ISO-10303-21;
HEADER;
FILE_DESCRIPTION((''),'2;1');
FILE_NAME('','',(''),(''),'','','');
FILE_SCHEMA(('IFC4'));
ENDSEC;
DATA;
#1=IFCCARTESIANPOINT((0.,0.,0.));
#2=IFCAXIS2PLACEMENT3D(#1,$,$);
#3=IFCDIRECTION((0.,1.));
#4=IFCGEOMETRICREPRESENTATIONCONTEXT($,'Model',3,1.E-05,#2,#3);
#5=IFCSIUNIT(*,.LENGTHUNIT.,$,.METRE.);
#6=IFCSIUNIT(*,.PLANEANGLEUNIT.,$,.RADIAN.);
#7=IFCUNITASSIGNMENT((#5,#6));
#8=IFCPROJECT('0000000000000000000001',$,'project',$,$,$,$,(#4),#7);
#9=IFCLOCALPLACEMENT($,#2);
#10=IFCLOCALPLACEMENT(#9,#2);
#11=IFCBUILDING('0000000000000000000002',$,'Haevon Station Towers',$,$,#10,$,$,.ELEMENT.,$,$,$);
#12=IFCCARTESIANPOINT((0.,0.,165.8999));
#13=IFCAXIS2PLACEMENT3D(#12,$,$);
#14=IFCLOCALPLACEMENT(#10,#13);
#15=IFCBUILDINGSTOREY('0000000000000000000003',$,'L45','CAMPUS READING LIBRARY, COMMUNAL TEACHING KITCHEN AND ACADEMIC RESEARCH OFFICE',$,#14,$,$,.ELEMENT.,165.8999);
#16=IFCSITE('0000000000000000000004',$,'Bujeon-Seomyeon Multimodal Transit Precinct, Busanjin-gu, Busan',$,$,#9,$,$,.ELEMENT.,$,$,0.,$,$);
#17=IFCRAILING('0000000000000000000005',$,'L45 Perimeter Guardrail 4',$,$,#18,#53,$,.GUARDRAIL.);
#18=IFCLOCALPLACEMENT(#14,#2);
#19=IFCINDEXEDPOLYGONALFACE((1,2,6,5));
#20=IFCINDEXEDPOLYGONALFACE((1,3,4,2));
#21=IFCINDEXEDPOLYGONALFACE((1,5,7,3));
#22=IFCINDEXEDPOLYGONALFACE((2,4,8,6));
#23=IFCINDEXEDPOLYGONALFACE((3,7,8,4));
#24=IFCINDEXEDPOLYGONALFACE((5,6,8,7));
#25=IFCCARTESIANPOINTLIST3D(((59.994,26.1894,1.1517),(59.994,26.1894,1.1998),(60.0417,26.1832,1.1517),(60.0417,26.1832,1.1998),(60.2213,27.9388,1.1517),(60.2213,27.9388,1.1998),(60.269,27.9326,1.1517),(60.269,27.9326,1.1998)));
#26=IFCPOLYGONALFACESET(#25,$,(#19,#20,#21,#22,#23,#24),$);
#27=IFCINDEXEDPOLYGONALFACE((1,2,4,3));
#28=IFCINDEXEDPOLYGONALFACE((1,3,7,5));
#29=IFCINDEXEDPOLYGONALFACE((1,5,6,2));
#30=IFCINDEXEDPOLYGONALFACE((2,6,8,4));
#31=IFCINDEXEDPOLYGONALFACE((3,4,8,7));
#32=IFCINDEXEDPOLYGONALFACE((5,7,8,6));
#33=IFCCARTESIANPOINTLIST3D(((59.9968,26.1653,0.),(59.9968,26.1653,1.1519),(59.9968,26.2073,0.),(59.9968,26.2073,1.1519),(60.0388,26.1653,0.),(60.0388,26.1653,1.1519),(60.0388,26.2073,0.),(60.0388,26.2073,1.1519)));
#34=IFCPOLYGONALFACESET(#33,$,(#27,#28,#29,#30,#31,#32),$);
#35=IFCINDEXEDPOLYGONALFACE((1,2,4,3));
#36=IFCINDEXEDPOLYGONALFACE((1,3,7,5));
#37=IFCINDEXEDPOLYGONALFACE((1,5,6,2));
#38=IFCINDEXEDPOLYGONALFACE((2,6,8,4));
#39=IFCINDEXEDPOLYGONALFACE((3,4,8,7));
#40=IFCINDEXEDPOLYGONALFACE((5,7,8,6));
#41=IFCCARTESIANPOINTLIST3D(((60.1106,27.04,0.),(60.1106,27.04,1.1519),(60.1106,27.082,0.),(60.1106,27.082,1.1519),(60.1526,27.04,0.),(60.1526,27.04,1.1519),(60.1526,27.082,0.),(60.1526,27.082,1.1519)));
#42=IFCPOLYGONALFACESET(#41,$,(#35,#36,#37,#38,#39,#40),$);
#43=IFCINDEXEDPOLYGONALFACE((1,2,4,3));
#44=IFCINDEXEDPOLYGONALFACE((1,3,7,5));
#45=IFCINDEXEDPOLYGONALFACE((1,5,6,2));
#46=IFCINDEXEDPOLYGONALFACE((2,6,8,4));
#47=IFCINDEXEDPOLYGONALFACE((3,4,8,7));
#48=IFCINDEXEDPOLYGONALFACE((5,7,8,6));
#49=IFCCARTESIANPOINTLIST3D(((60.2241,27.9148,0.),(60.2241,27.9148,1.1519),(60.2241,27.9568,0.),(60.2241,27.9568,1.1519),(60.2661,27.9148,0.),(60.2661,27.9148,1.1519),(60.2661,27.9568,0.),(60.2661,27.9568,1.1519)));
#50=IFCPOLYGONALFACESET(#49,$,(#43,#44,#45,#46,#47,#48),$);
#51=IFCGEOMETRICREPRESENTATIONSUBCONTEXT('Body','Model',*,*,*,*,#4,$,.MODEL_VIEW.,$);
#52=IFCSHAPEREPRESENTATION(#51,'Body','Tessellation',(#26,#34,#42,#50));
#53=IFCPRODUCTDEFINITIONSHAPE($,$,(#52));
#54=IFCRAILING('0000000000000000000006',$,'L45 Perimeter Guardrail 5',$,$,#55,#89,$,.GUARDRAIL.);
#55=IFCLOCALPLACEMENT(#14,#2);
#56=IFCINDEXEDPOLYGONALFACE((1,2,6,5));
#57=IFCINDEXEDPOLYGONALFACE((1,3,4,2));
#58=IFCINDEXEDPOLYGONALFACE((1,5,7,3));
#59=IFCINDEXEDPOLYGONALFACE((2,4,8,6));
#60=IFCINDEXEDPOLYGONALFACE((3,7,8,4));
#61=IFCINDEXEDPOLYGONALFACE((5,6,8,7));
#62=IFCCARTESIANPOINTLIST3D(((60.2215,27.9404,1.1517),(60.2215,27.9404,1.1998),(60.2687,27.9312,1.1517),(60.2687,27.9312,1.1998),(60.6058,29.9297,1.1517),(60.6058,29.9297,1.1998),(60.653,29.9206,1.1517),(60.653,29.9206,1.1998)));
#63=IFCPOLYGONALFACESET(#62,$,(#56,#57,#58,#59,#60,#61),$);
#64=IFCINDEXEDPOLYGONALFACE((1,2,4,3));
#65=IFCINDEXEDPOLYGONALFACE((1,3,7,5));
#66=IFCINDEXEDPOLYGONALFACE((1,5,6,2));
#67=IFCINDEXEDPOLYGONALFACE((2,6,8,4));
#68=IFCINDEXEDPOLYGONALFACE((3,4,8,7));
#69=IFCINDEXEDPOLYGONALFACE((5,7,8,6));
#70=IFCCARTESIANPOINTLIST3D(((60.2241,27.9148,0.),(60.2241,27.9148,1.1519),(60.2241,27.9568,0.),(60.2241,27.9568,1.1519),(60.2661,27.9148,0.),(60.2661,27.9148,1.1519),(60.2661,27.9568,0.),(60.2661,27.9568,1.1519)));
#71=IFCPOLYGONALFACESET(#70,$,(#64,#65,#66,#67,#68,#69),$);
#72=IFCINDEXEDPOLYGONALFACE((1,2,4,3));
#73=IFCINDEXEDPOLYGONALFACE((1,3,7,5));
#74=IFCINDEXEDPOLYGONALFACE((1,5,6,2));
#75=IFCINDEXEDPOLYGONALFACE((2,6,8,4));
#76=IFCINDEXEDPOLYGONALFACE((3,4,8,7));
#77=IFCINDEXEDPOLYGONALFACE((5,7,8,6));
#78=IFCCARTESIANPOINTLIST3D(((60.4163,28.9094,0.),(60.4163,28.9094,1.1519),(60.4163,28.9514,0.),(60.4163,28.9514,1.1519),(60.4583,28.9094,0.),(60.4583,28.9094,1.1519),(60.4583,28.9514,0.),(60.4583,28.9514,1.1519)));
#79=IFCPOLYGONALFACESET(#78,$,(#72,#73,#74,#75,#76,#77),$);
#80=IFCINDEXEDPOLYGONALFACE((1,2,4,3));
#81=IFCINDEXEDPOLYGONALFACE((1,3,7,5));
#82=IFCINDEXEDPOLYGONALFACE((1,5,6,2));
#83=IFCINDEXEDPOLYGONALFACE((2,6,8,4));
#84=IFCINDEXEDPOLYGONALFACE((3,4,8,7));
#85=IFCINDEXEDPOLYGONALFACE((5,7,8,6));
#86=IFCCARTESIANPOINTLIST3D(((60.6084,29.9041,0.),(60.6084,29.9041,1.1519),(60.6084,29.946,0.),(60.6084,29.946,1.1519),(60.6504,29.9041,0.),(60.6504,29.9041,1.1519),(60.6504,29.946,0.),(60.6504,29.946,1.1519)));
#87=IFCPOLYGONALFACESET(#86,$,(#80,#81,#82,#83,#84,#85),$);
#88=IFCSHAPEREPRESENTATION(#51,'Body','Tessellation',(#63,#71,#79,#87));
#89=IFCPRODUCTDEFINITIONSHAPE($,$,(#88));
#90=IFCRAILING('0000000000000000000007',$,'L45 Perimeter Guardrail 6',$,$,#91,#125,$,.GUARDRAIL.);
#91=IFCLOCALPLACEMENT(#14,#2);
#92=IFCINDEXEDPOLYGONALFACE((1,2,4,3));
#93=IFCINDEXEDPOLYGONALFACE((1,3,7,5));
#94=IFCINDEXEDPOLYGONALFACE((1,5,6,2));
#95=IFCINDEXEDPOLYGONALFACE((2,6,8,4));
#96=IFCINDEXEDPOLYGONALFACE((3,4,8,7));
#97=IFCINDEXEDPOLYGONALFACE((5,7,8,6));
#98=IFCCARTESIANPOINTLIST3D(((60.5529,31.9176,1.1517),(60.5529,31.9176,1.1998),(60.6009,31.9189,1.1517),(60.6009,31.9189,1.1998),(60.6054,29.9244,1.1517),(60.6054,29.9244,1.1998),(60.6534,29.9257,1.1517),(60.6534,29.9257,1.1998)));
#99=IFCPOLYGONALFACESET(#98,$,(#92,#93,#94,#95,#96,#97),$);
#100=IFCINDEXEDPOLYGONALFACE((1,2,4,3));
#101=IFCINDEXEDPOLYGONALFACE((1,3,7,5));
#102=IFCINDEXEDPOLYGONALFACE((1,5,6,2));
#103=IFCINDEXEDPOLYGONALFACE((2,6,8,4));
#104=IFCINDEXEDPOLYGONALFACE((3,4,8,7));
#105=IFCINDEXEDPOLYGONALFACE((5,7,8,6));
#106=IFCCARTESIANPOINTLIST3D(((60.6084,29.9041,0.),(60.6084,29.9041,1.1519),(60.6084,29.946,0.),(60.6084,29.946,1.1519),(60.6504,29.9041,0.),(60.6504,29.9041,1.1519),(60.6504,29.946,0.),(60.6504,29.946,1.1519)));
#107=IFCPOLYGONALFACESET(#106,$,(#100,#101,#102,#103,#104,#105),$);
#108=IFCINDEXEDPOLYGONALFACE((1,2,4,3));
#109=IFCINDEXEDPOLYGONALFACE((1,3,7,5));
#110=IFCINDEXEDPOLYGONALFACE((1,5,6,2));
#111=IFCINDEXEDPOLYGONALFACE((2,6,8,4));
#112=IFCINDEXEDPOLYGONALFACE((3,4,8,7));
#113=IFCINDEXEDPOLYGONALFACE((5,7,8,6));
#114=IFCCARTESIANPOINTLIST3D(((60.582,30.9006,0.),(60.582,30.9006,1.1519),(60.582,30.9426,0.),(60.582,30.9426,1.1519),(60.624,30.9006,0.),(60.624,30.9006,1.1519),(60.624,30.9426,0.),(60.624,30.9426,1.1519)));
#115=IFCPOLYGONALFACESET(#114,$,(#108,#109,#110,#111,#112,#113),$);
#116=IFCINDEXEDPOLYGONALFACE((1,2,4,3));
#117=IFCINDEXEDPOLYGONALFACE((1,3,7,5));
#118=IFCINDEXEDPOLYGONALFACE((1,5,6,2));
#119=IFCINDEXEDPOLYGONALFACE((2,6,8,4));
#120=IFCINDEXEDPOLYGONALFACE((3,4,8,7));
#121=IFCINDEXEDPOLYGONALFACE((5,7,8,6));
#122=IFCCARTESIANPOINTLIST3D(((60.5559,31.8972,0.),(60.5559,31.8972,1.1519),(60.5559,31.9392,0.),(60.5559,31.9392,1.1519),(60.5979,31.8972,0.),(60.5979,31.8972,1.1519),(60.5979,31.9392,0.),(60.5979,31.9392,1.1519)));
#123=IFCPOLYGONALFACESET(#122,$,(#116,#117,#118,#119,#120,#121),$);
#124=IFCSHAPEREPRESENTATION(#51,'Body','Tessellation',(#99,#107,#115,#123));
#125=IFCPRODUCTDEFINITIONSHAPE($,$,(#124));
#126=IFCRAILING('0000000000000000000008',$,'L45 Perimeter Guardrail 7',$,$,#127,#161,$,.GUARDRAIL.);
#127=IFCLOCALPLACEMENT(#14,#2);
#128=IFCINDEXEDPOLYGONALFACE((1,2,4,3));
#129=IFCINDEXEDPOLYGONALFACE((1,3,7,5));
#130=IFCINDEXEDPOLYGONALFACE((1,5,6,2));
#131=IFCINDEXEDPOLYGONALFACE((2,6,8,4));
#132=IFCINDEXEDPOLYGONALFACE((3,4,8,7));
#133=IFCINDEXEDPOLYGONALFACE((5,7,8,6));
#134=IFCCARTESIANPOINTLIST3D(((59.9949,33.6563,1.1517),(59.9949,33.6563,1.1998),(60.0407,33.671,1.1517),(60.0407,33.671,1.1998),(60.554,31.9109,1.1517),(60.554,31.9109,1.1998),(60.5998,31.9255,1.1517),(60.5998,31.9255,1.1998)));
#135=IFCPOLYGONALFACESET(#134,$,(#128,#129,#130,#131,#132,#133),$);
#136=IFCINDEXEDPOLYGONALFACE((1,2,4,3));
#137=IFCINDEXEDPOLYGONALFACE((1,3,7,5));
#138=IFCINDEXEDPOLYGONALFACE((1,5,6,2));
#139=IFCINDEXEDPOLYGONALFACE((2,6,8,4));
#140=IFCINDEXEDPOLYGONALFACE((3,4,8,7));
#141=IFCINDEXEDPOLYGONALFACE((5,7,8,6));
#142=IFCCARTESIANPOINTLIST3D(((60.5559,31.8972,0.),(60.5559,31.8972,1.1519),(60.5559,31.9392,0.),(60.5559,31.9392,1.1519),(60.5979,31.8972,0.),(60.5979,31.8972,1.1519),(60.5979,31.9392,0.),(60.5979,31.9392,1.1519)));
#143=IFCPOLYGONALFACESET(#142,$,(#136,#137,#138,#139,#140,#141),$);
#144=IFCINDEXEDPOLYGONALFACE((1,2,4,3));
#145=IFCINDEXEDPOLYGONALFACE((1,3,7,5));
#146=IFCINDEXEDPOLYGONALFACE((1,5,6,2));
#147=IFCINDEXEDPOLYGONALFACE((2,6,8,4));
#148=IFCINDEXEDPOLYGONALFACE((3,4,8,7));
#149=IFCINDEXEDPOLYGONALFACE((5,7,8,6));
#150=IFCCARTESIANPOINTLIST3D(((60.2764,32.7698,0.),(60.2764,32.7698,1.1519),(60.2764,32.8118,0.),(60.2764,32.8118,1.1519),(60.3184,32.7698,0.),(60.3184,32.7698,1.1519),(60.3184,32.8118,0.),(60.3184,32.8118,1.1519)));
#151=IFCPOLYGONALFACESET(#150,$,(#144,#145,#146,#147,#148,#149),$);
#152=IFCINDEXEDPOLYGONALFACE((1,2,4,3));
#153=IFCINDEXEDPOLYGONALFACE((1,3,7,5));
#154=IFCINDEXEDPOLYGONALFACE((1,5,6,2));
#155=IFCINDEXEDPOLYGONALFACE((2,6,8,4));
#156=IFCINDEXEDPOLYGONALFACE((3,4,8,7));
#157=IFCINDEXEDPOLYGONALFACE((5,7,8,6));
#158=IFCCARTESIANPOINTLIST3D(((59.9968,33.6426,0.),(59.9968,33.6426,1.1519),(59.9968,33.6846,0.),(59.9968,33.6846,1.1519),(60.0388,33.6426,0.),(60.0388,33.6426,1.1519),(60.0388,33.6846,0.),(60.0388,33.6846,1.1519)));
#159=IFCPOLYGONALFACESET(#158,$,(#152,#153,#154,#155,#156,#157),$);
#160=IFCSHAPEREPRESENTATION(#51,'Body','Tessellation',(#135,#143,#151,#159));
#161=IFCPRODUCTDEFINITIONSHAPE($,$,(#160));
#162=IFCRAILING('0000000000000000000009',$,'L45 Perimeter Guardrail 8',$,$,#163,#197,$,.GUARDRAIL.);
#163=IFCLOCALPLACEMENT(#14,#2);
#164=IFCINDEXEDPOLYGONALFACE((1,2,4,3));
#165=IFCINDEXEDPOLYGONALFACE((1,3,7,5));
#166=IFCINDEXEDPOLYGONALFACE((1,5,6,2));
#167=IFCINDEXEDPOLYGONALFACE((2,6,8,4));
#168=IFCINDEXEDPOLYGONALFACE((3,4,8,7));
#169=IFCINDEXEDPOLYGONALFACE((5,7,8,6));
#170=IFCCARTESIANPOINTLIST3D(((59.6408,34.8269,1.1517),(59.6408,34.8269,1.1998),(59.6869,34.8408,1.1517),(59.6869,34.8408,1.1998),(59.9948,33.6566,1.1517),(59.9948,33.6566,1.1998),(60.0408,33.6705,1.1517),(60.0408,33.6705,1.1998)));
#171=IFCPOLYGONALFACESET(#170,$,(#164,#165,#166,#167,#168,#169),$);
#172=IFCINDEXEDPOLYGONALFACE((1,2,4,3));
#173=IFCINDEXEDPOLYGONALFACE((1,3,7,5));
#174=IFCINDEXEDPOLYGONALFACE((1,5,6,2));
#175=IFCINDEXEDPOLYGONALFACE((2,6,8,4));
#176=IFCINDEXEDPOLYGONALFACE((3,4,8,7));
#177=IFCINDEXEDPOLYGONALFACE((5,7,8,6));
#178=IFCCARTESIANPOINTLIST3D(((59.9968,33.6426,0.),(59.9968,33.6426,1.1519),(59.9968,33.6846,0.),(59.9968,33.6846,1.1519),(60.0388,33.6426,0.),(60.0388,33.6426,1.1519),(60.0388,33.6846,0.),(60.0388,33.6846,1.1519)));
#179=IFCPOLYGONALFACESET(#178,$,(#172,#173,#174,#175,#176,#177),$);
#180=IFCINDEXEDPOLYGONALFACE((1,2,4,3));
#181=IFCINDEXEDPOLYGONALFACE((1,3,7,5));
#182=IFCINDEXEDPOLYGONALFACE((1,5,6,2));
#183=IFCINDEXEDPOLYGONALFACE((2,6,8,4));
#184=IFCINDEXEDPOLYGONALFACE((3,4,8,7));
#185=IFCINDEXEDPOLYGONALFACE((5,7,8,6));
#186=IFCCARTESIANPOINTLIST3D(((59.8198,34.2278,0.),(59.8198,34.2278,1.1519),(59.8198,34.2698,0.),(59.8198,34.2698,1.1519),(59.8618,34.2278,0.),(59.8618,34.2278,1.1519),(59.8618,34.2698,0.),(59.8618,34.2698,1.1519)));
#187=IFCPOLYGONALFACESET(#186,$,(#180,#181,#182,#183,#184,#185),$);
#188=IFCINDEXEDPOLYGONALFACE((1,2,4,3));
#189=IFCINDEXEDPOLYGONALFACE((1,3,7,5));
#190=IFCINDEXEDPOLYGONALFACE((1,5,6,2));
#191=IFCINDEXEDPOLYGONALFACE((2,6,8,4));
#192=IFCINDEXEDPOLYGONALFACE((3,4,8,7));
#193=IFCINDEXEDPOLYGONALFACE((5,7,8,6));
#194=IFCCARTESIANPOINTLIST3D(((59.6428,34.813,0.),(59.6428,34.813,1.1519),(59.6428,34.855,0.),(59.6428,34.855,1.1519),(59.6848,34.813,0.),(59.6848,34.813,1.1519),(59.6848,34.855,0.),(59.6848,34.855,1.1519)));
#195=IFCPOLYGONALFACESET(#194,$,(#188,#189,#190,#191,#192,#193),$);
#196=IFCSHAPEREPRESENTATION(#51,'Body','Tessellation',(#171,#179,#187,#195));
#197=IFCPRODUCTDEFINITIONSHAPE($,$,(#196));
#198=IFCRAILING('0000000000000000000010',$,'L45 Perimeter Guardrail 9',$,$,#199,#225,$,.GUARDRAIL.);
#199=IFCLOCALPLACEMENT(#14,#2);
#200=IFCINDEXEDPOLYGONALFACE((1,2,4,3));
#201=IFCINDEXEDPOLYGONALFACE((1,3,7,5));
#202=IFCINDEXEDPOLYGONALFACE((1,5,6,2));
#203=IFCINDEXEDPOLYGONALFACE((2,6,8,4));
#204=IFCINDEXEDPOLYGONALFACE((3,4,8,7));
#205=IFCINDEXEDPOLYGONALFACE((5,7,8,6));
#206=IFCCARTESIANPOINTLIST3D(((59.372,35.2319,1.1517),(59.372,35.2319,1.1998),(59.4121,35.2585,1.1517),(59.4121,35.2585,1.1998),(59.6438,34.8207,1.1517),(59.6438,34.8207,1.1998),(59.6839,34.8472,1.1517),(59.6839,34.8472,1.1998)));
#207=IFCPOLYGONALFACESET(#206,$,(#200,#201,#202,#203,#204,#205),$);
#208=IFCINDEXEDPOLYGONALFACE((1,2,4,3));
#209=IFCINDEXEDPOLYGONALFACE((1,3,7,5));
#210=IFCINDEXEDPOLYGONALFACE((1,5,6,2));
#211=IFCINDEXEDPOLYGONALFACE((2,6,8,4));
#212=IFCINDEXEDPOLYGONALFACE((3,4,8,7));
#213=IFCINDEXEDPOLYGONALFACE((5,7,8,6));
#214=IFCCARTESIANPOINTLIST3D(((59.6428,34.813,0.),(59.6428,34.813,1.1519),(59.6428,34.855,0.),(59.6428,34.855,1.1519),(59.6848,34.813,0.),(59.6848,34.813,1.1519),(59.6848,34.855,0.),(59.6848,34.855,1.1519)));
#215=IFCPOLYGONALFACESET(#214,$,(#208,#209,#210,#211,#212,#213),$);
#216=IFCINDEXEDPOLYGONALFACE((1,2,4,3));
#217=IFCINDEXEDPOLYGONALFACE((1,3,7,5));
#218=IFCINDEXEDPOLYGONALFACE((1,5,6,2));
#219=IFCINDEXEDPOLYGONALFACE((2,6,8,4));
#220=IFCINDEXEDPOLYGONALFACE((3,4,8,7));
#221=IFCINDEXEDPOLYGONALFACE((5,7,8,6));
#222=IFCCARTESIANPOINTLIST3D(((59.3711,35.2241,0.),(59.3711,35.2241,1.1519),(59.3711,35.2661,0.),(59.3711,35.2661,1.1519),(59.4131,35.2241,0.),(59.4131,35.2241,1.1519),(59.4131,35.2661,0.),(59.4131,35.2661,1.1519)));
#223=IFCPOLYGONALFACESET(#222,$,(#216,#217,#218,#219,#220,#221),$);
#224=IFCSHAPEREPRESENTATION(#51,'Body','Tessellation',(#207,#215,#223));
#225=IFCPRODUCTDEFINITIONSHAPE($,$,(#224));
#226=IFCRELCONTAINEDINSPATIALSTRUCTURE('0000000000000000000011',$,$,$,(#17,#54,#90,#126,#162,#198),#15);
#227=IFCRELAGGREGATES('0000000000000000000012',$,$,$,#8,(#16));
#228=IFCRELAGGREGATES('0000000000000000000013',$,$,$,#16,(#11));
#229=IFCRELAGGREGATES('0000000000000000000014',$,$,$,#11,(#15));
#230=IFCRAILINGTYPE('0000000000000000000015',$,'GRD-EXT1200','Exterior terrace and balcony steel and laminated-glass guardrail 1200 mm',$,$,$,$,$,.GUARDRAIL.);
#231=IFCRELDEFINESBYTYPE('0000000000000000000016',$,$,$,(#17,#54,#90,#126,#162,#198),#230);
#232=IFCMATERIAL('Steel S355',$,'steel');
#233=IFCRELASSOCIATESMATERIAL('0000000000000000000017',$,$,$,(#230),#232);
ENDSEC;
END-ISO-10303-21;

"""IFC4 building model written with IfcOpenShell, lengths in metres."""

from ifc_helpers import new_model, si_unit, direction, frame, origin, origin_2d, place, context, subcontext, project, spatial, rectangle, extrude, material, type_object, element, save


model = new_model("IFC4")

# Units and contexts
model_context = context("Model", 3, precision=1e-05, world=origin(), true_north=direction((0.0, 1.0)))
body_context = subcontext(model_context, "Body", "Model", "MODEL_VIEW")
ifc_project = project(units=[si_unit("LENGTHUNIT", "METRE"), si_unit("PLANEANGLEUNIT", "RADIAN")], contexts=[model_context])

# Site, building, storey
site_placement = place(None, origin())
site = spatial("IfcSite", under=ifc_project, at=site_placement, Name="Bujeon-Seomyeon Multimodal Transit Precinct, Busanjin-gu, Busan", CompositionType="ELEMENT", RefElevation=0.0)
building_placement = place(site_placement, origin())
building = spatial("IfcBuilding", under=site, at=building_placement, Name="Haevon Station Towers", CompositionType="ELEMENT")
storey_placement = place(building_placement, frame((0.0, 0.0, 165.8999)))
storey = spatial("IfcBuildingStorey", under=building, at=storey_placement, Name="L45", Description="CAMPUS READING LIBRARY, COMMUNAL TEACHING KITCHEN AND ACADEMIC RESEARCH OFFICE", CompositionType="ELEMENT", Elevation=165.8999)

# Shared definitions
ifc_material_1 = material(Name="Steel S355", Category="steel")

# Railings
railing_type = type_object("IfcRailingType", Name="GRD-EXT1200", Description="Exterior terrace and balcony steel and laminated-glass guardrail 1200 mm", PredefinedType="GUARDRAIL", material=ifc_material_1)
railing_1_placement = place(storey_placement, frame((60.0178, 26.1863, 0.0)))
element("IfcRailing", 1, at=railing_1_placement, inside=storey, type_object=railing_type, Name="L45 Perimeter Guardrail 4", PredefinedType="GUARDRAIL", context=body_context, shape_type="SweptSolid", body=[
    extrude(rectangle(XDim=0.0481, YDim=0.0481, at=origin_2d()), frame((0.0, 0.0, 1.1758), z_axis=(0.128836, 0.991666, 0.0), x_axis=(-0.991666, 0.128836, 0.0)), (0.0, 0.0, 1.0), 1.7642),
    extrude(rectangle(XDim=0.042, YDim=0.042, at=origin_2d()), origin(), (0.0, 0.0, 1.0), 1.1519),
    extrude(rectangle(XDim=0.042, YDim=0.042, at=origin_2d()), frame((0.1138, 0.8748, 0.0)), (0.0, 0.0, 1.0), 1.1519),
    extrude(rectangle(XDim=0.042, YDim=0.042, at=origin_2d()), frame((0.2273, 1.7495, 0.0)), (0.0, 0.0, 1.0), 1.1519),
])
railing_2_placement = place(storey_placement, frame((60.2451, 27.9358, 0.0)))
element("IfcRailing", 2, at=railing_2_placement, inside=storey, type_object=railing_type, Name="L45 Perimeter Guardrail 5", PredefinedType="GUARDRAIL", context=body_context, shape_type="SweptSolid", body=[
    extrude(rectangle(XDim=0.0481, YDim=0.0481, at=origin_2d()), frame((0.0, 0.0, 1.1758), z_axis=(0.18967, 0.981848, 0.0), x_axis=(-0.981848, 0.18967, 0.0)), (0.0, 0.0, 1.0), 2.0261),
    extrude(rectangle(XDim=0.042, YDim=0.042, at=origin_2d()), origin(), (0.0, 0.0, 1.0), 1.1519),
    extrude(rectangle(XDim=0.042, YDim=0.042, at=origin_2d()), frame((0.1921, 0.9946, 0.0)), (0.0, 0.0, 1.0), 1.1519),
    extrude(rectangle(XDim=0.042, YDim=0.042, at=origin_2d()), frame((0.3843, 1.9893, 0.0)), (0.0, 0.0, 1.0), 1.1519),
])
railing_3_placement = place(storey_placement, frame((60.6294, 29.925, 0.0)))
element("IfcRailing", 3, at=railing_3_placement, inside=storey, type_object=railing_type, Name="L45 Perimeter Guardrail 6", PredefinedType="GUARDRAIL", context=body_context, shape_type="SweptSolid", body=[
    extrude(rectangle(XDim=0.0481, YDim=0.0481, at=origin_2d()), frame((0.0, 0.0, 1.1758), z_axis=(-0.026326, 0.999653, 0.0), x_axis=(-0.999653, -0.026326, 0.0)), (0.0, 0.0, 1.0), 1.9939),
    extrude(rectangle(XDim=0.042, YDim=0.042, at=origin_2d()), origin(), (0.0, 0.0, 1.0), 1.1519),
    extrude(rectangle(XDim=0.042, YDim=0.042, at=origin_2d()), frame((-0.0264, 0.9966, 0.0)), (0.0, 0.0, 1.0), 1.1519),
    extrude(rectangle(XDim=0.042, YDim=0.042, at=origin_2d()), frame((-0.0525, 1.9932, 0.0)), (0.0, 0.0, 1.0), 1.1519),
])
railing_4_placement = place(storey_placement, frame((60.5769, 31.9182, 0.0)))
element("IfcRailing", 4, at=railing_4_placement, inside=storey, type_object=railing_type, Name="L45 Perimeter Guardrail 7", PredefinedType="GUARDRAIL", context=body_context, shape_type="SweptSolid", body=[
    extrude(rectangle(XDim=0.0481, YDim=0.0481, at=origin_2d()), frame((0.0, 0.0, 1.1758), z_axis=(-0.305056, 0.952334, 0.0), x_axis=(-0.952334, -0.305056, 0.0)), (0.0, 0.0, 1.0), 1.8328),
    extrude(rectangle(XDim=0.042, YDim=0.042, at=origin_2d()), origin(), (0.0, 0.0, 1.0), 1.1519),
    extrude(rectangle(XDim=0.042, YDim=0.042, at=origin_2d()), frame((-0.2795, 0.8726, 0.0)), (0.0, 0.0, 1.0), 1.1519),
    extrude(rectangle(XDim=0.042, YDim=0.042, at=origin_2d()), frame((-0.5591, 1.7454, 0.0)), (0.0, 0.0, 1.0), 1.1519),
])
railing_5_placement = place(storey_placement, frame((60.0178, 33.6636, 0.0)))
element("IfcRailing", 5, at=railing_5_placement, inside=storey, type_object=railing_type, Name="L45 Perimeter Guardrail 8", PredefinedType="GUARDRAIL", context=body_context, shape_type="SweptSolid", body=[
    extrude(rectangle(XDim=0.0481, YDim=0.0481, at=origin_2d()), frame((0.0, 0.0, 1.1758), z_axis=(-0.289509, 0.957175, 0.0), x_axis=(-0.957175, -0.289509, 0.0)), (0.0, 0.0, 1.0), 1.2227),
    extrude(rectangle(XDim=0.042, YDim=0.042, at=origin_2d()), origin(), (0.0, 0.0, 1.0), 1.1519),
    extrude(rectangle(XDim=0.042, YDim=0.042, at=origin_2d()), frame((-0.177, 0.5852, 0.0)), (0.0, 0.0, 1.0), 1.1519),
    extrude(rectangle(XDim=0.042, YDim=0.042, at=origin_2d()), frame((-0.354, 1.1704, 0.0)), (0.0, 0.0, 1.0), 1.1519),
])
railing_6_placement = place(storey_placement, frame((59.6638, 34.834, 0.0)))
element("IfcRailing", 6, at=railing_6_placement, inside=storey, type_object=railing_type, Name="L45 Perimeter Guardrail 9", PredefinedType="GUARDRAIL", context=body_context, shape_type="SweptSolid", body=[
    extrude(rectangle(XDim=0.0481, YDim=0.0481, at=origin_2d()), frame((0.0, 0.0, 1.1758), z_axis=(-0.55138, 0.834254, 0.0), x_axis=(-0.834254, -0.55138, 0.0)), (0.0, 0.0, 1.0), 0.4929),
    extrude(rectangle(XDim=0.042, YDim=0.042, at=origin_2d()), origin(), (0.0, 0.0, 1.0), 1.1519),
    extrude(rectangle(XDim=0.042, YDim=0.042, at=origin_2d()), frame((-0.2717, 0.4111, 0.0)), (0.0, 0.0, 1.0), 1.1519),
])

save(model, "model.ifc")
